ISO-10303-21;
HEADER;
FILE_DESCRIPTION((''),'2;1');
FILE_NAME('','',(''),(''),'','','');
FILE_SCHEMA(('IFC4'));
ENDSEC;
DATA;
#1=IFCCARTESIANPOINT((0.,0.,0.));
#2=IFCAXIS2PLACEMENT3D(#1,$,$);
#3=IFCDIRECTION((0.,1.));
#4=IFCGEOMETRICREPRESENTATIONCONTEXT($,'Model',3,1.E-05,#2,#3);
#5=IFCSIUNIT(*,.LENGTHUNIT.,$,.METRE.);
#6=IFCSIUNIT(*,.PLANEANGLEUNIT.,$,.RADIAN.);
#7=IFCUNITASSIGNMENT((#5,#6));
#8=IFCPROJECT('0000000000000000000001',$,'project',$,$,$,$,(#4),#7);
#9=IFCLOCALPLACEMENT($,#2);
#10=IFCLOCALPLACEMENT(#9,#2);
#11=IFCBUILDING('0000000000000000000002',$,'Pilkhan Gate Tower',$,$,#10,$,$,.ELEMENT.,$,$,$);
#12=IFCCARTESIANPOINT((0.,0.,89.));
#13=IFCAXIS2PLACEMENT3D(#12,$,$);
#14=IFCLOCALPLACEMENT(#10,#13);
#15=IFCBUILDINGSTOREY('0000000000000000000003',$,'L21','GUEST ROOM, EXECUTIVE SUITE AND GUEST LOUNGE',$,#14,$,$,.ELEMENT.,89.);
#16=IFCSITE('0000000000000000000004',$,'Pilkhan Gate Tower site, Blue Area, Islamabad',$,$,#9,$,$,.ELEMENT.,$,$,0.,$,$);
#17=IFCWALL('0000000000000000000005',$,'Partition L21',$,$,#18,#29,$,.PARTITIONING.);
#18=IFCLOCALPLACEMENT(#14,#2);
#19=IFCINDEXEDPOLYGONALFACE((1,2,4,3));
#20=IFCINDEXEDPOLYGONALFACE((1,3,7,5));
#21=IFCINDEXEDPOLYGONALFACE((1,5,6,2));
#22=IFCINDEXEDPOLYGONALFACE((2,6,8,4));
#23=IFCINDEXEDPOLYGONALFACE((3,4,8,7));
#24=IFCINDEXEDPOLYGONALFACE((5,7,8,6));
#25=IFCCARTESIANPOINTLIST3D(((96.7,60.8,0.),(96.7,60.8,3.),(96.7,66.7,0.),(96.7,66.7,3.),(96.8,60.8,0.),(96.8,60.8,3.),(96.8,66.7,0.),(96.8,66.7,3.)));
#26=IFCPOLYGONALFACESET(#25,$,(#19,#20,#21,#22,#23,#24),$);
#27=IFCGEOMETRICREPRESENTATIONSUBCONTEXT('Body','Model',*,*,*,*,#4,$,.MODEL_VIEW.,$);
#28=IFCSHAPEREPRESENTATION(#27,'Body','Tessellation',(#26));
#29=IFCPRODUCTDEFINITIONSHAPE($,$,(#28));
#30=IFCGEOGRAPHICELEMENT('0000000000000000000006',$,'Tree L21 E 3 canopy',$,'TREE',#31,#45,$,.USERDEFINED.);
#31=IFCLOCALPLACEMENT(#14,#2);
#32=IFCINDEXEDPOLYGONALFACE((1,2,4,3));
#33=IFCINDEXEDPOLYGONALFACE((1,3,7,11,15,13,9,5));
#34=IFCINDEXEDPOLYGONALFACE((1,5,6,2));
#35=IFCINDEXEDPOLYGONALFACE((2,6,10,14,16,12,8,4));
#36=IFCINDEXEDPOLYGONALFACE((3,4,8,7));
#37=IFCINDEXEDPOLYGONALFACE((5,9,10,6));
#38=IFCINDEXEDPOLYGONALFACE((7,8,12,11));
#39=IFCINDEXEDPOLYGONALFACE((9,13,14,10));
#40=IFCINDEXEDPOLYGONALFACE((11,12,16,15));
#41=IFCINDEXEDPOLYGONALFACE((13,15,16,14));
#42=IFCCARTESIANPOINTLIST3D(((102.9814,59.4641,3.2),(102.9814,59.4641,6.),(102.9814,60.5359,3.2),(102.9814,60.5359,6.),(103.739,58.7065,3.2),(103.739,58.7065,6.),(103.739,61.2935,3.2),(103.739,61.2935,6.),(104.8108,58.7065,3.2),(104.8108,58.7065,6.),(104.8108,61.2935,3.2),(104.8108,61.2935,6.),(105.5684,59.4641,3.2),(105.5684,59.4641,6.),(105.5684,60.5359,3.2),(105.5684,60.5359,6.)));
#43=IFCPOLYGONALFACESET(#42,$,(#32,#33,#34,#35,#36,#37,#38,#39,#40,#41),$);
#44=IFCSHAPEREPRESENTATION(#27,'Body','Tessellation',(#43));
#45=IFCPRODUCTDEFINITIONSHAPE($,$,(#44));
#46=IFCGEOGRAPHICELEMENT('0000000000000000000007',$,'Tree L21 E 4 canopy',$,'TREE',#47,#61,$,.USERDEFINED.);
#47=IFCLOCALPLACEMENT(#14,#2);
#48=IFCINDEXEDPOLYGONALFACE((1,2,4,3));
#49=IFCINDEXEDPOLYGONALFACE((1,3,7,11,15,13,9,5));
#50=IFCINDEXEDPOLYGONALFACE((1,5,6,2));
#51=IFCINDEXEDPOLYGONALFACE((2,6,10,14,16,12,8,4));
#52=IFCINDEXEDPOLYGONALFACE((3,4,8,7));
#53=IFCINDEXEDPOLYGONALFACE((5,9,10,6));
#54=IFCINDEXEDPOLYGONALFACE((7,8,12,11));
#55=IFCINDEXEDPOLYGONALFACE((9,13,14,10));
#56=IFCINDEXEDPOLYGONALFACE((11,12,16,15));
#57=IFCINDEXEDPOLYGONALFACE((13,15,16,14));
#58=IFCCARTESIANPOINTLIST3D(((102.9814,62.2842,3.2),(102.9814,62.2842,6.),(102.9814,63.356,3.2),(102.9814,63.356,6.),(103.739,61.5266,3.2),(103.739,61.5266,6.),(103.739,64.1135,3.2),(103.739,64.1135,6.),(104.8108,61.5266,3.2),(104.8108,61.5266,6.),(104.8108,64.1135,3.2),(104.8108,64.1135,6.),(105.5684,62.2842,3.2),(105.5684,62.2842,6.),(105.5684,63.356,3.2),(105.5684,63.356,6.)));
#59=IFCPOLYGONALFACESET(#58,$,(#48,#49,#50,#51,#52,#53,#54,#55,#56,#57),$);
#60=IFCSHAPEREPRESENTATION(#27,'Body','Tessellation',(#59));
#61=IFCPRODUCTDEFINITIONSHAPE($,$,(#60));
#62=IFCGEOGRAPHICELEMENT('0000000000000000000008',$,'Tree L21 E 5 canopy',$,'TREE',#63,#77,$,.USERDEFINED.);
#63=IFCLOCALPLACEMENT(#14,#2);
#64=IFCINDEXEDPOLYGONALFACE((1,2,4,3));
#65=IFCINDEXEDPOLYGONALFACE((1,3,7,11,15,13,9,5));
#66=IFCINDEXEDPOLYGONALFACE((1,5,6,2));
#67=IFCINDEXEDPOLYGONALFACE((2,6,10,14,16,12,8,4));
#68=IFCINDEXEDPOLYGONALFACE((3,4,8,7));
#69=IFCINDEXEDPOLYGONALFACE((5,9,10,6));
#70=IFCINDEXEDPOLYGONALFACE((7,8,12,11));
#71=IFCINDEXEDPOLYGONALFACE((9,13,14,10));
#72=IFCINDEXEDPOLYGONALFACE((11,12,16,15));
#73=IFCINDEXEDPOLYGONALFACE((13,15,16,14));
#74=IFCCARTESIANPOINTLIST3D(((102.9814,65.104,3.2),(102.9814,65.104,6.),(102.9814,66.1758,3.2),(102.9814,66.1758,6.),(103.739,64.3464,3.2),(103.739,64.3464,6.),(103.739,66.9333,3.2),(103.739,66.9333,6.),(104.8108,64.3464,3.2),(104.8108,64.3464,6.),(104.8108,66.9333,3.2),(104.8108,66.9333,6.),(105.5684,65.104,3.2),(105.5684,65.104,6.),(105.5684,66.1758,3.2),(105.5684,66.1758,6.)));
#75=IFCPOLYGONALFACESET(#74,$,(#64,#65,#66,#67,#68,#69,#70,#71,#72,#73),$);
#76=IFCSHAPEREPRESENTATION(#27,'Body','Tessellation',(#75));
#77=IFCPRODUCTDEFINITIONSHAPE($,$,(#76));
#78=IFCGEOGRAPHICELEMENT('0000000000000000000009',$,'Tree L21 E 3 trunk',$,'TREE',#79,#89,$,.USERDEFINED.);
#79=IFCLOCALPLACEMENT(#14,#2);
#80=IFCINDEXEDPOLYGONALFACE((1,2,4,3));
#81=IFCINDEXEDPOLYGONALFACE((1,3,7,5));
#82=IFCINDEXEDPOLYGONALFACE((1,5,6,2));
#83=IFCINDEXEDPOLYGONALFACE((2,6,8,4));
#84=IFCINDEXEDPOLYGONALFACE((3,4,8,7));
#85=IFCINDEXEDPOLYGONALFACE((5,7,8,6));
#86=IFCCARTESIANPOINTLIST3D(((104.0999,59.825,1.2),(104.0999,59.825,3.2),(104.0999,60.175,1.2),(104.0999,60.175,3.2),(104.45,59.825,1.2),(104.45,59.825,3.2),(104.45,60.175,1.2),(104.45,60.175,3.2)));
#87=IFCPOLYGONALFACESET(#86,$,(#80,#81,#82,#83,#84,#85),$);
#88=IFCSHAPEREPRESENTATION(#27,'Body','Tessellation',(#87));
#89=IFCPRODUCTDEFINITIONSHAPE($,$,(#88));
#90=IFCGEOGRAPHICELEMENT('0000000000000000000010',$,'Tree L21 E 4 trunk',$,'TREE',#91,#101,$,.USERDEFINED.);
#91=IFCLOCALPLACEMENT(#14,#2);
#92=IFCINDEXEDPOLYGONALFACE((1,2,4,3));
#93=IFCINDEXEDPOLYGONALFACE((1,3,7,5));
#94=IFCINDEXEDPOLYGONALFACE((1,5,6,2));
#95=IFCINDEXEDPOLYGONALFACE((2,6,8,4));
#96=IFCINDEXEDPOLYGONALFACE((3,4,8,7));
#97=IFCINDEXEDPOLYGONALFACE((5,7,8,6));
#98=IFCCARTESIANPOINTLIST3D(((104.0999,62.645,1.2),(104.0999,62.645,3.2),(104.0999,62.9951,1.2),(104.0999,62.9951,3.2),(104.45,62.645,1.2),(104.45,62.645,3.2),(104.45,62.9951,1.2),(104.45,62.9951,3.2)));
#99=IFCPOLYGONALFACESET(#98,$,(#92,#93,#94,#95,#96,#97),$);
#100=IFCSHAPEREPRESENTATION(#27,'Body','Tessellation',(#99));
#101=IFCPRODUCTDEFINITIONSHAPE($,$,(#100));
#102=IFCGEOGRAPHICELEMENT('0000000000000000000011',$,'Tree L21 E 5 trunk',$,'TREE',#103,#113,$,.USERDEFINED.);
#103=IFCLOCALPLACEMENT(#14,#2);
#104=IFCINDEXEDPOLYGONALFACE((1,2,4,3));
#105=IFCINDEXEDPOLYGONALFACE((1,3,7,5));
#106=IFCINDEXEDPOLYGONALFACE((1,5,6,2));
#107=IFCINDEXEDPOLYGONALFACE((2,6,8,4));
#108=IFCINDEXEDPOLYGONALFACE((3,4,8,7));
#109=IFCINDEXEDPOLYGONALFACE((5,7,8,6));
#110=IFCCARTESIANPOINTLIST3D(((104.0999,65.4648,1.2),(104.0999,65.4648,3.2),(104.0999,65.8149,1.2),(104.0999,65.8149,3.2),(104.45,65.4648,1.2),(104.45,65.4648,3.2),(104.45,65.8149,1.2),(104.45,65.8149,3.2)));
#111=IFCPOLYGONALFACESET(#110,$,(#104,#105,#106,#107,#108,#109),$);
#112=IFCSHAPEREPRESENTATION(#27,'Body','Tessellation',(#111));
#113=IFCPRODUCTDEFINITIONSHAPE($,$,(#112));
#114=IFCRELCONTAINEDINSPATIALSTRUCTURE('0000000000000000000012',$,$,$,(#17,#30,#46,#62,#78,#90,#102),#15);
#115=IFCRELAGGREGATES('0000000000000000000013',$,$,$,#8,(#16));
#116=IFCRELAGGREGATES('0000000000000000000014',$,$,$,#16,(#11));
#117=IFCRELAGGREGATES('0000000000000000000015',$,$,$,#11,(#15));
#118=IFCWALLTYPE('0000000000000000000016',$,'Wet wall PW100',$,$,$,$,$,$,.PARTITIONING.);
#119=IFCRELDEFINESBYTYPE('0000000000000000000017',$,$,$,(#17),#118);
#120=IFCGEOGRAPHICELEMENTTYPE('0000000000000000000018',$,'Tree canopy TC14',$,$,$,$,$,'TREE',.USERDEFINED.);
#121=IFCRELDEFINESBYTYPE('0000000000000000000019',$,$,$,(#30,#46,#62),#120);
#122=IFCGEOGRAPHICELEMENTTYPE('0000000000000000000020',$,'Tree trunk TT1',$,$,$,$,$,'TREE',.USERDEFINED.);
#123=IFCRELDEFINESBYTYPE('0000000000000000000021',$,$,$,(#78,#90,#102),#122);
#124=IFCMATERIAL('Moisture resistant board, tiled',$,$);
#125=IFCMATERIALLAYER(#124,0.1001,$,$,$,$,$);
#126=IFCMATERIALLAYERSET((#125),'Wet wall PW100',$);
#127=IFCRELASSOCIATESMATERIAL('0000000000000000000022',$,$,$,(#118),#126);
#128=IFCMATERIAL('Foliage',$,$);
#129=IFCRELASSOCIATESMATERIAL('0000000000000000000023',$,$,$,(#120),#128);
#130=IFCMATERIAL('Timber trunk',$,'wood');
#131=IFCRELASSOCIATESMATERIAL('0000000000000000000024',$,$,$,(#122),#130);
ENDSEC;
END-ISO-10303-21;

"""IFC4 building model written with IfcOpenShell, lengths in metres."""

from ifc_helpers import new_model, si_unit, direction, frame, frame_2d, origin, origin_2d, place, context, subcontext, project, spatial, polyline, rectangle, outline, extrude, material, layer, layer_set, material_profile, profile_set, type_object, element, save


model = new_model("IFC4")

# Units and contexts
model_context = context("Model", 3, precision=1e-05, world=origin(), true_north=direction((0.0, 1.0)))
body_context = subcontext(model_context, "Body", "Model", "MODEL_VIEW")
ifc_project = project(units=[si_unit("LENGTHUNIT", "METRE"), si_unit("PLANEANGLEUNIT", "RADIAN")], contexts=[model_context])

# Site, building, storey
site_placement = place(None, origin())
site = spatial("IfcSite", under=ifc_project, at=site_placement, Name="Pilkhan Gate Tower site, Blue Area, Islamabad", CompositionType="ELEMENT", RefElevation=0.0)
building_placement = place(site_placement, origin())
building = spatial("IfcBuilding", under=site, at=building_placement, Name="Pilkhan Gate Tower", CompositionType="ELEMENT")
storey_placement = place(building_placement, frame((0.0, 0.0, 89.0)))
storey = spatial("IfcBuildingStorey", under=building, at=storey_placement, Name="L21", Description="GUEST ROOM, EXECUTIVE SUITE AND GUEST LOUNGE", CompositionType="ELEMENT", Elevation=89.0)

# Shared definitions
ifc_material_1 = material(Name="Moisture resistant board, tiled")
ifc_layer_1 = layer(ifc_material_1, 0.1001)
ifc_layer_set_1 = layer_set([ifc_layer_1], Name="Wet wall PW100")
wall_type_1 = type_object("IfcWallType", Name="Wet wall PW100", PredefinedType="PARTITIONING", material=ifc_layer_set_1)

# Wall
wall_1_placement = place(storey_placement, frame((96.75, 60.8, 0.0), z_axis=(0.0, 0.0, 1.0), x_axis=(0.0, 1.0, 0.0)))
element("IfcWall", 1, at=wall_1_placement, inside=storey, type_object=wall_type_1, Name="Partition L21", PredefinedType="PARTITIONING", context=body_context, shape_type="SweptSolid", body=[
    extrude(rectangle(XDim=5.8999, YDim=0.1001, at=frame_2d((2.95, 0.0))), origin(), (0.0, 0.0, 1.0), 3.0),
])

# Geographic elements
ifc_material_2 = material(Name="Foliage")
ifc_material_profile_1 = material_profile(ifc_material_2, outline(polyline([(1.2935, 0.5359), (0.5359, 1.2935), (-0.5359, 1.2935), (-1.2935, 0.5359), (-1.2935, -0.5359), (-0.5359, -1.2935), (0.5359, -1.2935), (1.2935, -0.5359), (1.2935, 0.5359)])), Name="Canopy D2.8")
ifc_profile_set_1 = profile_set([ifc_material_profile_1], Name="Foliage")
geographic_element_type_1 = type_object("IfcGeographicElementType", Name="Tree canopy TC14", ElementType="TREE", PredefinedType="USERDEFINED", material=ifc_profile_set_1)
for number, where, z_axis, x_axis, name in (
    (2, (104.2749, 60.0, 3.2), (0.0, 0.0, 1.0), (1.0, 0.0, 0.0), "Tree L21 E 3 canopy"),
    (3, (104.2749, 62.8201, 3.2), (0.0, 0.0, 1.0), (1.0, 0.0, 0.0), "Tree L21 E 4 canopy"),
    (4, (104.2749, 65.6399, 3.2), (0.0, 0.0, 1.0), (1.0, 0.0, 0.0), "Tree L21 E 5 canopy"),
):
    element("IfcGeographicElement", number, at=place(storey_placement, frame(where, z_axis=z_axis, x_axis=x_axis)), inside=storey, type_object=geographic_element_type_1, Name=name, ObjectType="TREE", PredefinedType="USERDEFINED", context=body_context, shape_type="SweptSolid", body=[
        extrude(outline(polyline([(1.2935, 0.5359), (0.5359, 1.2935), (-0.5359, 1.2935), (-1.2935, 0.5359), (-1.2935, -0.5359), (-0.5359, -1.2935), (0.5359, -1.2935), (1.2935, -0.5359), (1.2935, 0.5359)])), origin(), (0.0, 0.0, 1.0), 2.8),
    ])
ifc_material_3 = material(Name="Timber trunk", Category="wood")
geographic_element_type_2 = type_object("IfcGeographicElementType", Name="Tree trunk TT1", ElementType="TREE", PredefinedType="USERDEFINED", material=ifc_material_3)
for number, where, z_axis, x_axis, name in (
    (5, (104.2749, 60.0, 1.2), (0.0, 0.0, 1.0), (1.0, 0.0, 0.0), "Tree L21 E 3 trunk"),
    (6, (104.2749, 62.8201, 1.2), (0.0, 0.0, 1.0), (1.0, 0.0, 0.0), "Tree L21 E 4 trunk"),
    (7, (104.2749, 65.6399, 1.2), (0.0, 0.0, 1.0), (1.0, 0.0, 0.0), "Tree L21 E 5 trunk"),
):
    element("IfcGeographicElement", number, at=place(storey_placement, frame(where, z_axis=z_axis, x_axis=x_axis)), inside=storey, type_object=geographic_element_type_2, Name=name, ObjectType="TREE", PredefinedType="USERDEFINED", context=body_context, shape_type="SweptSolid", body=[
        extrude(rectangle(XDim=0.3501, YDim=0.3501, at=origin_2d()), origin(), (0.0, 0.0, 1.0), 2.0),
    ])

save(model, "model.ifc")
